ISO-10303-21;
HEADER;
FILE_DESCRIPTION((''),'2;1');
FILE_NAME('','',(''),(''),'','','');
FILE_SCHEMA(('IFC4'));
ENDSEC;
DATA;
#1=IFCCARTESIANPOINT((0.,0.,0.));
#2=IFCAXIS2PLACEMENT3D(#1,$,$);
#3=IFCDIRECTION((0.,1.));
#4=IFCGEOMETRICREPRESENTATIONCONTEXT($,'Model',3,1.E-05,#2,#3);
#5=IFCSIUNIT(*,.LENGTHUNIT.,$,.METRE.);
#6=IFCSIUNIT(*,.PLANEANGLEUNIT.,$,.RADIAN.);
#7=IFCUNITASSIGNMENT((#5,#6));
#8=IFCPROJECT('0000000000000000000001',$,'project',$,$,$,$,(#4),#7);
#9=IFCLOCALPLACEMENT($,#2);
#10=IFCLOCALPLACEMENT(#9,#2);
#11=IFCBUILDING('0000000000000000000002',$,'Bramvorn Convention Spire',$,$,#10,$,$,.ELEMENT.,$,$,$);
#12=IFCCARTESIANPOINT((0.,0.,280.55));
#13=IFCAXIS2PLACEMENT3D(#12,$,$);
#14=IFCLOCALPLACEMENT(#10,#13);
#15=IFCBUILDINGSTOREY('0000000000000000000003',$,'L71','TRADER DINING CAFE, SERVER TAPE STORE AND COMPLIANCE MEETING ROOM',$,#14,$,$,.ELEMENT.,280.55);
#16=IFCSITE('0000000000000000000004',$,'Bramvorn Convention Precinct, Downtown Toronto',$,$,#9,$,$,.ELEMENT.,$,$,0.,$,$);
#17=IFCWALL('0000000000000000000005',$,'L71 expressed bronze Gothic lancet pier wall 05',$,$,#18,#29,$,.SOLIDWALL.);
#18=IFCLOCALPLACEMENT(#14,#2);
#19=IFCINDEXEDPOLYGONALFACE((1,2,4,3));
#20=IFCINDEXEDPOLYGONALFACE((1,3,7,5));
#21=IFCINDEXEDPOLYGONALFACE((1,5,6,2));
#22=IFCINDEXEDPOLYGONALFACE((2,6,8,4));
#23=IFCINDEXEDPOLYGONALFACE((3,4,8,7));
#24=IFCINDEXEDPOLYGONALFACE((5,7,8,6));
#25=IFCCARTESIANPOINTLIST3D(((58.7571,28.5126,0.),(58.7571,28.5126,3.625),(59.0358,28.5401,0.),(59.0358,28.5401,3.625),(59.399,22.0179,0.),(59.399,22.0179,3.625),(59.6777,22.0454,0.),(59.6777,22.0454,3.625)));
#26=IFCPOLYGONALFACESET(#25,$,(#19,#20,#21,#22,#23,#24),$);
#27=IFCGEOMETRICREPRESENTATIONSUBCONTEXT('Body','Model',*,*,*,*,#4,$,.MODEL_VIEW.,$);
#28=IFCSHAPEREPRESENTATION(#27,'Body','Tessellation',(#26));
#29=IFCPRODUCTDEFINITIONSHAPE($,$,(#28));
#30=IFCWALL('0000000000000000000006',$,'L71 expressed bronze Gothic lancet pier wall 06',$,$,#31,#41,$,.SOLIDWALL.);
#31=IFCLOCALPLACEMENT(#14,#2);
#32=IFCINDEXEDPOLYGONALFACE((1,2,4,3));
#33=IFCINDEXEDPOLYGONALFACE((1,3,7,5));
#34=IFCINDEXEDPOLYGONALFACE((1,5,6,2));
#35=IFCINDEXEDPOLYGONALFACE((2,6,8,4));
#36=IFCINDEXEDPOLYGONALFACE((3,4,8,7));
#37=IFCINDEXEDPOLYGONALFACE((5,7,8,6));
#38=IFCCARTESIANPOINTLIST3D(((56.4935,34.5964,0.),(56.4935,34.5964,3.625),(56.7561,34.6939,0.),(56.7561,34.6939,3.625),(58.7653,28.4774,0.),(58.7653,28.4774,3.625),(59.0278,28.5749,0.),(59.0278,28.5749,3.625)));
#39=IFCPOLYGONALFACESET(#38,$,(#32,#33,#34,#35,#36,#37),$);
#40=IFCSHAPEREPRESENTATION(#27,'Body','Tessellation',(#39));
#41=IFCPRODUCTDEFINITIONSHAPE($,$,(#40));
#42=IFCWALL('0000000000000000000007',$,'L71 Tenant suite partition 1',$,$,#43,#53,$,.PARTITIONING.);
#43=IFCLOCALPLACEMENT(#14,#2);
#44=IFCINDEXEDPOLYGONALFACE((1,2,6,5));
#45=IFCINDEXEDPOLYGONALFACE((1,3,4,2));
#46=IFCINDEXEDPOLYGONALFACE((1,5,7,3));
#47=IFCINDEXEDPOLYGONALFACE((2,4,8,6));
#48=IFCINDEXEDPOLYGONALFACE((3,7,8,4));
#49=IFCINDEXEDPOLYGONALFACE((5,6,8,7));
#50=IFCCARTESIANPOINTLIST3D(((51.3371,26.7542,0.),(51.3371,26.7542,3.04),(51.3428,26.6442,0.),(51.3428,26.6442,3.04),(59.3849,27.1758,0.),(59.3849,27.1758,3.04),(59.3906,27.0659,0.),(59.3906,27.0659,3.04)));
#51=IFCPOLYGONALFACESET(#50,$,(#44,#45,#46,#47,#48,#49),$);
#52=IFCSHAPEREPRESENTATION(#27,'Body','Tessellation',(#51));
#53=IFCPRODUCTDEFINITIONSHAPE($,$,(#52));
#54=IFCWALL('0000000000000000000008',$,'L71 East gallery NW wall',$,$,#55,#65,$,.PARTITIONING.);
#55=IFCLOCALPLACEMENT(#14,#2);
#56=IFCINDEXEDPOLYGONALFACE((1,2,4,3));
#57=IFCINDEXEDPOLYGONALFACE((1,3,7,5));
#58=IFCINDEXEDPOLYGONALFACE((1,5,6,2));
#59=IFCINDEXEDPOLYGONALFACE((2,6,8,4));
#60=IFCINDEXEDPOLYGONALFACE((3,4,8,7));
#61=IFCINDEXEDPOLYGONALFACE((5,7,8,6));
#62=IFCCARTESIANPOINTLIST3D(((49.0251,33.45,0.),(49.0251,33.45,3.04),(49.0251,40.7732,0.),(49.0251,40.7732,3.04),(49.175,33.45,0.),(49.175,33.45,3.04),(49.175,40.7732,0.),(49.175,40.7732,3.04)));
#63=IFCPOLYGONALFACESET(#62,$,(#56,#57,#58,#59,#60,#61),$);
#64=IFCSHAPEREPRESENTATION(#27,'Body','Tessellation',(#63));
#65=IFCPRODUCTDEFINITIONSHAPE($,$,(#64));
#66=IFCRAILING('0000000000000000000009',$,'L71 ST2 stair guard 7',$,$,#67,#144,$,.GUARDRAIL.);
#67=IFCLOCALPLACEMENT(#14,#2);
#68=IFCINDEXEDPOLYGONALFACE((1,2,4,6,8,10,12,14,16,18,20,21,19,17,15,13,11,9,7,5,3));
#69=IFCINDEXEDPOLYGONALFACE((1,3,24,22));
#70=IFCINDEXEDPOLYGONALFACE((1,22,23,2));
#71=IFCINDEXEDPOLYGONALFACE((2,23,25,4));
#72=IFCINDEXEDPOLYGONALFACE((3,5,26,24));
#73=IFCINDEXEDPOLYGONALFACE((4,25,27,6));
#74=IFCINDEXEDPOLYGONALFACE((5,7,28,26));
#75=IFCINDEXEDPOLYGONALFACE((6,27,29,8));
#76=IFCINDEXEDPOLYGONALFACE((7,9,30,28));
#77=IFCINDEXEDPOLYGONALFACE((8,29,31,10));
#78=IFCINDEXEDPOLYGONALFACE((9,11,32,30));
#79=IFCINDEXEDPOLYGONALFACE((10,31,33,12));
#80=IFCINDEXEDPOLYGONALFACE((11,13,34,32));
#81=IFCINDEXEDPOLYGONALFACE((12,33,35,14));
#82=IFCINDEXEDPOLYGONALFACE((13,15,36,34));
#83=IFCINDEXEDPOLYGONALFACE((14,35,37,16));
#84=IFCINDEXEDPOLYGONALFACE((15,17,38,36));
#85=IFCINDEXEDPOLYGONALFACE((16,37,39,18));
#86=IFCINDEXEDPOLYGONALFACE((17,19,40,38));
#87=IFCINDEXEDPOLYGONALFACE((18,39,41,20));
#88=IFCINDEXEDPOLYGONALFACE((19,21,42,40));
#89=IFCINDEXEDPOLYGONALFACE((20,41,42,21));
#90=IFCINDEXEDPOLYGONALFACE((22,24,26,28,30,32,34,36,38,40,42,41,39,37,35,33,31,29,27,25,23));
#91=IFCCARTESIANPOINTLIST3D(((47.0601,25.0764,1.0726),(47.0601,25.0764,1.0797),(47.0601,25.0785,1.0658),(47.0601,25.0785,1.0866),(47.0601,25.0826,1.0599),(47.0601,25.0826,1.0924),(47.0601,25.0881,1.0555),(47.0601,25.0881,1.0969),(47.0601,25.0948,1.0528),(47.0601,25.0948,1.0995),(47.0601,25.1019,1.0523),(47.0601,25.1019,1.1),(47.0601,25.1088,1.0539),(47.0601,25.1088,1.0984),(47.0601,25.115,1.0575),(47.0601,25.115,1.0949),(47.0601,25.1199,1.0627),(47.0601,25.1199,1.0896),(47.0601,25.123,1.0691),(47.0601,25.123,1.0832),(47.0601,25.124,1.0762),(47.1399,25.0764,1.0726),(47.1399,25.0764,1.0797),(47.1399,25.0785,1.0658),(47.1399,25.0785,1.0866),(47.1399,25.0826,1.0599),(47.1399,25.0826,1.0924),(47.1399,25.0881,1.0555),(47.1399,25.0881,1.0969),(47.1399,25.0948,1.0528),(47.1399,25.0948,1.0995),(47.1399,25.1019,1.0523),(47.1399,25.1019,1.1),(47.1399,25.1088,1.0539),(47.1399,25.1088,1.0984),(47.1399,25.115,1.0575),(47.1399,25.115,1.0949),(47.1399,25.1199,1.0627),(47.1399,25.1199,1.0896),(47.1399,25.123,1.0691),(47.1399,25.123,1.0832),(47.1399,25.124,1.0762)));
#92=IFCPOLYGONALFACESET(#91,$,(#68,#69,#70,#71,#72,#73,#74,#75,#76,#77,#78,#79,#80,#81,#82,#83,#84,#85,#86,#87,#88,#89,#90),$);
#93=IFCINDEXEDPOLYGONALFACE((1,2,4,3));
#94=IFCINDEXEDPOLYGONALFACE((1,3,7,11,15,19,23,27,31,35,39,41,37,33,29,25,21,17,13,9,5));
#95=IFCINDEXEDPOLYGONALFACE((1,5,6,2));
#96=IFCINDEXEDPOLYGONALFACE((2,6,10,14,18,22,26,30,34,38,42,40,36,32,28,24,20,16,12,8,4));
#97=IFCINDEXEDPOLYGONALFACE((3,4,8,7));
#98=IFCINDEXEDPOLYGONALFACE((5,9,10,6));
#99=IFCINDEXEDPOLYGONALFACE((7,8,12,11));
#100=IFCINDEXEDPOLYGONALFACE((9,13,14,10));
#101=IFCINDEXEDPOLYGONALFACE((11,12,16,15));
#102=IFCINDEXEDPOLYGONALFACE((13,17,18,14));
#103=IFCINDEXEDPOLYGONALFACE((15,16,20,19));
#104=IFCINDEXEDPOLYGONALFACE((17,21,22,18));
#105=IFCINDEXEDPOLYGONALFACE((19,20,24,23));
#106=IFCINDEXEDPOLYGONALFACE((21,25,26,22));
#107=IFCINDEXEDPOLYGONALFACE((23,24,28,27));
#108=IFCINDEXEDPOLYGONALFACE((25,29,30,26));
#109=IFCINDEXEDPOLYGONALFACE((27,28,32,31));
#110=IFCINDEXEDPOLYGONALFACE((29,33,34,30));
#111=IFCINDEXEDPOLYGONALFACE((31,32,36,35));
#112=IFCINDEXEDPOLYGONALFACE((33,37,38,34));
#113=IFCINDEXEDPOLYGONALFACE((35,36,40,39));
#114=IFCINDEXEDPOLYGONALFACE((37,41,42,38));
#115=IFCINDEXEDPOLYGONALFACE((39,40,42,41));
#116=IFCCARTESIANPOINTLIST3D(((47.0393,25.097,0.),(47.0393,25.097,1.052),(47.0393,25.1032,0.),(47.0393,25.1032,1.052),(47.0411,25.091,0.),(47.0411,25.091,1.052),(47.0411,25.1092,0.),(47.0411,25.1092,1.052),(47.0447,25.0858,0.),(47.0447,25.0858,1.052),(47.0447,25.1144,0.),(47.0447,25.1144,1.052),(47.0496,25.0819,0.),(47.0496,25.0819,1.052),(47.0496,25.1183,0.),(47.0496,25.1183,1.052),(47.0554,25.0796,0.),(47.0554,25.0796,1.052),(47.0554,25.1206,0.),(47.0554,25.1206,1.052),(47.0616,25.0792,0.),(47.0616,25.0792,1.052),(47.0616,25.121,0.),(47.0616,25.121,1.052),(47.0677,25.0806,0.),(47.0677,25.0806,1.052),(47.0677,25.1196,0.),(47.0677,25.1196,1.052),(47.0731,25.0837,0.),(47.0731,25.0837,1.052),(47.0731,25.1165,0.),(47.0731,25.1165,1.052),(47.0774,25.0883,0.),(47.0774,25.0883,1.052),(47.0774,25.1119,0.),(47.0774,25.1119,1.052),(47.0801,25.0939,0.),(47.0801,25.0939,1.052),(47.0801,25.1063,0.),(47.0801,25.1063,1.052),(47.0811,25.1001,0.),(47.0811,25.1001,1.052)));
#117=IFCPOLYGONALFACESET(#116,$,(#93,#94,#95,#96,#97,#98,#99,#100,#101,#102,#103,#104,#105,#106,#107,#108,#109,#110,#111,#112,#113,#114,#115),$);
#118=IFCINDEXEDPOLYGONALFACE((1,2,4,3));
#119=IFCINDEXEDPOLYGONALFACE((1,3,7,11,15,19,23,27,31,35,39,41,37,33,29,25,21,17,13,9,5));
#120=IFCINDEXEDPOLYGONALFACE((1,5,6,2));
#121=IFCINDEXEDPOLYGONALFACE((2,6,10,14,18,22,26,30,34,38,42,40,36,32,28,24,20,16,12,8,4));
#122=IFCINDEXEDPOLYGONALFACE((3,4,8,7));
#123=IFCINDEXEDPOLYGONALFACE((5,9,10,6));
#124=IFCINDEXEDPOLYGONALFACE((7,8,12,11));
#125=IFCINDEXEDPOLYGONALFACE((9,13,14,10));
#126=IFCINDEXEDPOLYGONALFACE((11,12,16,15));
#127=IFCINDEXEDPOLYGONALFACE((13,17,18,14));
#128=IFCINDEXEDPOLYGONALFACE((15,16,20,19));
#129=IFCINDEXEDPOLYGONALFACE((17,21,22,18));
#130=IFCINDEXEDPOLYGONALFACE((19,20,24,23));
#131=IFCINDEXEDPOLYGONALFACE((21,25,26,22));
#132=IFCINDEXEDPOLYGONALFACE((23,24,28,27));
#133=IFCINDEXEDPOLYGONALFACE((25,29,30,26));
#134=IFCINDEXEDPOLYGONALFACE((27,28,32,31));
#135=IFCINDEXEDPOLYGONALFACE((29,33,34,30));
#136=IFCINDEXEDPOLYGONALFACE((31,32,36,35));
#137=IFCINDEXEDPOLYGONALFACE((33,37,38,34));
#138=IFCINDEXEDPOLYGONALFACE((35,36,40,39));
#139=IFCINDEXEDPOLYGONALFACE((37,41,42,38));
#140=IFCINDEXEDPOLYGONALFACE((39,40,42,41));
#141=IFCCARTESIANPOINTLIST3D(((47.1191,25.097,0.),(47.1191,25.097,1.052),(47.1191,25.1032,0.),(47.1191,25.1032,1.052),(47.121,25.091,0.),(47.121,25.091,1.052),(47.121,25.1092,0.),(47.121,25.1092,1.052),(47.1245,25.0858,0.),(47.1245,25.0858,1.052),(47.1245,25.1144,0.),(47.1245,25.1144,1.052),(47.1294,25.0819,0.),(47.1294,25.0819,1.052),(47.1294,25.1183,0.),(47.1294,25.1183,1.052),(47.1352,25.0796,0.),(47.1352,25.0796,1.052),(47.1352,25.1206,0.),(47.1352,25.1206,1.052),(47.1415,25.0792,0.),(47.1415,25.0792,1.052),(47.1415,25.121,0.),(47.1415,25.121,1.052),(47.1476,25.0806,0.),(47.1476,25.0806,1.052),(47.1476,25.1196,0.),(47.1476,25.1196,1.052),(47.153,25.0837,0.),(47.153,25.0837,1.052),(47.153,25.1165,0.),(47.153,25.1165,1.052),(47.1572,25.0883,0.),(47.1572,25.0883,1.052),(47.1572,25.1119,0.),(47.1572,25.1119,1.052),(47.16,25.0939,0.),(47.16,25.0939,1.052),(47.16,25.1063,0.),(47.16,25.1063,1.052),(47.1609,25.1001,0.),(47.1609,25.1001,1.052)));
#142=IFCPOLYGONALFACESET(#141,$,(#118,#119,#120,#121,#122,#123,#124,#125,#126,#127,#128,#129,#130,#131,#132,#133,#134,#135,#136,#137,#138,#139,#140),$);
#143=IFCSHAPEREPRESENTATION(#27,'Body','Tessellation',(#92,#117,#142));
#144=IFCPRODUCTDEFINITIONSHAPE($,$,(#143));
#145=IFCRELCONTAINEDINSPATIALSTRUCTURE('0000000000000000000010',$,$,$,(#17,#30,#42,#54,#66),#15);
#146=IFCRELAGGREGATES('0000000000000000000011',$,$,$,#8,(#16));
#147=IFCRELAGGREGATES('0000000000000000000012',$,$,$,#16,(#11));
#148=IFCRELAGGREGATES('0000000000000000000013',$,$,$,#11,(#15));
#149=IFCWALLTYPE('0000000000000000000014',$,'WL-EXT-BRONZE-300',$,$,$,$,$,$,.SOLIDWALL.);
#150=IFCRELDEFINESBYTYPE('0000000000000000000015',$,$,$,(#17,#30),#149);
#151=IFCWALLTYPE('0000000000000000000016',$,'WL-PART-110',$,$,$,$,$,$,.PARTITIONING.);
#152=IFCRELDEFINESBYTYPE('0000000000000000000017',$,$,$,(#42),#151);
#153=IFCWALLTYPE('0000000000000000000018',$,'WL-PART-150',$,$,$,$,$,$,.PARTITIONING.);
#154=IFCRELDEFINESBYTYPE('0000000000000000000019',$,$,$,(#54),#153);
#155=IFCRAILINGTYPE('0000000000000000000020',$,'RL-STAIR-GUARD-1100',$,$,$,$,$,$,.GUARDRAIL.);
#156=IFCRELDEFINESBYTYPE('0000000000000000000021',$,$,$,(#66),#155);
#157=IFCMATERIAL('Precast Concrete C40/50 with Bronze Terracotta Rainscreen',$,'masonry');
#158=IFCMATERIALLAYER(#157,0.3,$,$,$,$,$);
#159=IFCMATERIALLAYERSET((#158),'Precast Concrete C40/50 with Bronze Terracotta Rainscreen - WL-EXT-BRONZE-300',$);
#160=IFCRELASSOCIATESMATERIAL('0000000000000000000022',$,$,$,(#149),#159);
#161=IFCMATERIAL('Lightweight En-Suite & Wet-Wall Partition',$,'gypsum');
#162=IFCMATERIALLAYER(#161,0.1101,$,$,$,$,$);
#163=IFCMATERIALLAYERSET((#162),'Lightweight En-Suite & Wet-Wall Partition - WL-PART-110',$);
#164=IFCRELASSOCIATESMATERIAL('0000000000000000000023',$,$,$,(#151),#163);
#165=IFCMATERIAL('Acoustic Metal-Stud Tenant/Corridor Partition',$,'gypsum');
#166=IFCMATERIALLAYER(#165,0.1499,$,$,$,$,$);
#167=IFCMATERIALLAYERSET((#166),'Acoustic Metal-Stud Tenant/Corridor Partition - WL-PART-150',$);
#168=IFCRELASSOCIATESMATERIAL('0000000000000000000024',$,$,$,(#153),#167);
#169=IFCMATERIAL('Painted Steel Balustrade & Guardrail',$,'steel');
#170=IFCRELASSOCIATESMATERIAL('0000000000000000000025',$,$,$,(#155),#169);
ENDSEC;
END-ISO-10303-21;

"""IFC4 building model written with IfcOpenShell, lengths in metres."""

from ifc_helpers import new_model, si_unit, direction, frame, frame_2d, origin, origin_2d, place, context, subcontext, project, spatial, rectangle, circle, extrude, material, layer, layer_set, type_object, element, save


model = new_model("IFC4")

# Units and contexts
model_context = context("Model", 3, precision=1e-05, world=origin(), true_north=direction((0.0, 1.0)))
body_context = subcontext(model_context, "Body", "Model", "MODEL_VIEW")
ifc_project = project(units=[si_unit("LENGTHUNIT", "METRE"), si_unit("PLANEANGLEUNIT", "RADIAN")], contexts=[model_context])

# Site, building, storey
site_placement = place(None, origin())
site = spatial("IfcSite", under=ifc_project, at=site_placement, Name="Bramvorn Convention Precinct, Downtown Toronto", CompositionType="ELEMENT", RefElevation=0.0)
building_placement = place(site_placement, origin())
building = spatial("IfcBuilding", under=site, at=building_placement, Name="Bramvorn Convention Spire", CompositionType="ELEMENT")
storey_placement = place(building_placement, frame((0.0, 0.0, 280.55)))
storey = spatial("IfcBuildingStorey", under=building, at=storey_placement, Name="L71", Description="TRADER DINING CAFE, SERVER TAPE STORE AND COMPLIANCE MEETING ROOM", CompositionType="ELEMENT", Elevation=280.55)

# Walls
ifc_material_1 = material(Name="Precast Concrete C40/50 with Bronze Terracotta Rainscreen", Category="masonry")
ifc_layer_1 = layer(ifc_material_1, 0.3)
ifc_layer_set_1 = layer_set([ifc_layer_1], Name="Precast Concrete C40/50 with Bronze Terracotta Rainscreen - WL-EXT-BRONZE-300")
wall_type_1 = type_object("IfcWallType", Name="WL-EXT-BRONZE-300", PredefinedType="SOLIDWALL", material=ifc_layer_set_1)
wall_1_placement = place(storey_placement, frame((58.8965, 28.5264, 0.0), z_axis=(0.0, 0.0, 1.0), x_axis=(0.098348, -0.995152, 0.0)))
element("IfcWall", 1, at=wall_1_placement, inside=storey, type_object=wall_type_1, Name="L71 expressed bronze Gothic lancet pier wall 05", PredefinedType="SOLIDWALL", context=body_context, shape_type="SweptSolid", body=[
    extrude(rectangle(XDim=6.5264, YDim=0.28, at=frame_2d((3.2632, 0.0))), origin(), (0.0, 0.0, 1.0), 3.625),
])
wall_2_placement = place(storey_placement, frame((56.6248, 34.6453, 0.0), z_axis=(0.0, 0.0, 1.0), x_axis=(0.348051, -0.937475, 0.0)))
element("IfcWall", 2, at=wall_2_placement, inside=storey, type_object=wall_type_1, Name="L71 expressed bronze Gothic lancet pier wall 06", PredefinedType="SOLIDWALL", context=body_context, shape_type="SweptSolid", body=[
    extrude(rectangle(XDim=6.5271, YDim=0.28, at=frame_2d((3.2637, 0.0))), origin(), (0.0, 0.0, 1.0), 3.625),
])
ifc_material_2 = material(Name="Lightweight En-Suite & Wet-Wall Partition", Category="gypsum")
ifc_layer_2 = layer(ifc_material_2, 0.1101)
ifc_layer_set_2 = layer_set([ifc_layer_2], Name="Lightweight En-Suite & Wet-Wall Partition - WL-PART-110")
wall_type_2 = type_object("IfcWallType", Name="WL-PART-110", PredefinedType="PARTITIONING", material=ifc_layer_set_2)
wall_3_placement = place(storey_placement, frame((51.3401, 26.6992, 0.0), z_axis=(0.0, 0.0, 1.0), x_axis=(0.99863, 0.052319, 0.0)))
element("IfcWall", 3, at=wall_3_placement, inside=storey, type_object=wall_type_2, Name="L71 Tenant suite partition 1", PredefinedType="PARTITIONING", context=body_context, shape_type="SweptSolid", body=[
    extrude(rectangle(XDim=8.0588, YDim=0.1101, at=frame_2d((4.0293, 0.0))), origin(), (0.0, 0.0, 1.0), 3.04),
])
ifc_material_3 = material(Name="Acoustic Metal-Stud Tenant/Corridor Partition", Category="gypsum")
ifc_layer_3 = layer(ifc_material_3, 0.1499)
ifc_layer_set_3 = layer_set([ifc_layer_3], Name="Acoustic Metal-Stud Tenant/Corridor Partition - WL-PART-150")
wall_type_3 = type_object("IfcWallType", Name="WL-PART-150", PredefinedType="PARTITIONING", material=ifc_layer_set_3)
wall_4_placement = place(storey_placement, frame((49.1001, 33.45, 0.0), z_axis=(0.0, 0.0, 1.0), x_axis=(0.0, 1.0, 0.0)))
element("IfcWall", 4, at=wall_4_placement, inside=storey, type_object=wall_type_3, Name="L71 East gallery NW wall", PredefinedType="PARTITIONING", context=body_context, shape_type="SweptSolid", body=[
    extrude(rectangle(XDim=7.3232, YDim=0.1499, at=frame_2d((3.6616, 0.0))), origin(), (0.0, 0.0, 1.0), 3.04),
])

# Railing
ifc_material_4 = material(Name="Painted Steel Balustrade & Guardrail", Category="steel")
railing_type = type_object("IfcRailingType", Name="RL-STAIR-GUARD-1100", PredefinedType="GUARDRAIL", material=ifc_material_4)
railing_1_placement = place(storey_placement, frame((47.0601, 25.1001, 0.0)))
element("IfcRailing", 5, at=railing_1_placement, inside=storey, type_object=railing_type, Name="L71 ST2 stair guard 7", PredefinedType="GUARDRAIL", context=body_context, shape_type="SweptSolid", body=[
    extrude(circle(Radius=0.0239, at=origin_2d()), frame((0.0, 0.0, 1.0762), z_axis=(1.0, 0.0, 0.0), x_axis=(0.0, 1.0, 0.0)), (0.0, 0.0, 1.0), 0.0798),
    extrude(circle(Radius=0.021, at=origin_2d()), origin(), (0.0, 0.0, 1.0), 1.052),
    extrude(circle(Radius=0.021, at=origin_2d()), frame((0.0798, 0.0, 0.0)), (0.0, 0.0, 1.0), 1.052),
])

save(model, "model.ifc")
